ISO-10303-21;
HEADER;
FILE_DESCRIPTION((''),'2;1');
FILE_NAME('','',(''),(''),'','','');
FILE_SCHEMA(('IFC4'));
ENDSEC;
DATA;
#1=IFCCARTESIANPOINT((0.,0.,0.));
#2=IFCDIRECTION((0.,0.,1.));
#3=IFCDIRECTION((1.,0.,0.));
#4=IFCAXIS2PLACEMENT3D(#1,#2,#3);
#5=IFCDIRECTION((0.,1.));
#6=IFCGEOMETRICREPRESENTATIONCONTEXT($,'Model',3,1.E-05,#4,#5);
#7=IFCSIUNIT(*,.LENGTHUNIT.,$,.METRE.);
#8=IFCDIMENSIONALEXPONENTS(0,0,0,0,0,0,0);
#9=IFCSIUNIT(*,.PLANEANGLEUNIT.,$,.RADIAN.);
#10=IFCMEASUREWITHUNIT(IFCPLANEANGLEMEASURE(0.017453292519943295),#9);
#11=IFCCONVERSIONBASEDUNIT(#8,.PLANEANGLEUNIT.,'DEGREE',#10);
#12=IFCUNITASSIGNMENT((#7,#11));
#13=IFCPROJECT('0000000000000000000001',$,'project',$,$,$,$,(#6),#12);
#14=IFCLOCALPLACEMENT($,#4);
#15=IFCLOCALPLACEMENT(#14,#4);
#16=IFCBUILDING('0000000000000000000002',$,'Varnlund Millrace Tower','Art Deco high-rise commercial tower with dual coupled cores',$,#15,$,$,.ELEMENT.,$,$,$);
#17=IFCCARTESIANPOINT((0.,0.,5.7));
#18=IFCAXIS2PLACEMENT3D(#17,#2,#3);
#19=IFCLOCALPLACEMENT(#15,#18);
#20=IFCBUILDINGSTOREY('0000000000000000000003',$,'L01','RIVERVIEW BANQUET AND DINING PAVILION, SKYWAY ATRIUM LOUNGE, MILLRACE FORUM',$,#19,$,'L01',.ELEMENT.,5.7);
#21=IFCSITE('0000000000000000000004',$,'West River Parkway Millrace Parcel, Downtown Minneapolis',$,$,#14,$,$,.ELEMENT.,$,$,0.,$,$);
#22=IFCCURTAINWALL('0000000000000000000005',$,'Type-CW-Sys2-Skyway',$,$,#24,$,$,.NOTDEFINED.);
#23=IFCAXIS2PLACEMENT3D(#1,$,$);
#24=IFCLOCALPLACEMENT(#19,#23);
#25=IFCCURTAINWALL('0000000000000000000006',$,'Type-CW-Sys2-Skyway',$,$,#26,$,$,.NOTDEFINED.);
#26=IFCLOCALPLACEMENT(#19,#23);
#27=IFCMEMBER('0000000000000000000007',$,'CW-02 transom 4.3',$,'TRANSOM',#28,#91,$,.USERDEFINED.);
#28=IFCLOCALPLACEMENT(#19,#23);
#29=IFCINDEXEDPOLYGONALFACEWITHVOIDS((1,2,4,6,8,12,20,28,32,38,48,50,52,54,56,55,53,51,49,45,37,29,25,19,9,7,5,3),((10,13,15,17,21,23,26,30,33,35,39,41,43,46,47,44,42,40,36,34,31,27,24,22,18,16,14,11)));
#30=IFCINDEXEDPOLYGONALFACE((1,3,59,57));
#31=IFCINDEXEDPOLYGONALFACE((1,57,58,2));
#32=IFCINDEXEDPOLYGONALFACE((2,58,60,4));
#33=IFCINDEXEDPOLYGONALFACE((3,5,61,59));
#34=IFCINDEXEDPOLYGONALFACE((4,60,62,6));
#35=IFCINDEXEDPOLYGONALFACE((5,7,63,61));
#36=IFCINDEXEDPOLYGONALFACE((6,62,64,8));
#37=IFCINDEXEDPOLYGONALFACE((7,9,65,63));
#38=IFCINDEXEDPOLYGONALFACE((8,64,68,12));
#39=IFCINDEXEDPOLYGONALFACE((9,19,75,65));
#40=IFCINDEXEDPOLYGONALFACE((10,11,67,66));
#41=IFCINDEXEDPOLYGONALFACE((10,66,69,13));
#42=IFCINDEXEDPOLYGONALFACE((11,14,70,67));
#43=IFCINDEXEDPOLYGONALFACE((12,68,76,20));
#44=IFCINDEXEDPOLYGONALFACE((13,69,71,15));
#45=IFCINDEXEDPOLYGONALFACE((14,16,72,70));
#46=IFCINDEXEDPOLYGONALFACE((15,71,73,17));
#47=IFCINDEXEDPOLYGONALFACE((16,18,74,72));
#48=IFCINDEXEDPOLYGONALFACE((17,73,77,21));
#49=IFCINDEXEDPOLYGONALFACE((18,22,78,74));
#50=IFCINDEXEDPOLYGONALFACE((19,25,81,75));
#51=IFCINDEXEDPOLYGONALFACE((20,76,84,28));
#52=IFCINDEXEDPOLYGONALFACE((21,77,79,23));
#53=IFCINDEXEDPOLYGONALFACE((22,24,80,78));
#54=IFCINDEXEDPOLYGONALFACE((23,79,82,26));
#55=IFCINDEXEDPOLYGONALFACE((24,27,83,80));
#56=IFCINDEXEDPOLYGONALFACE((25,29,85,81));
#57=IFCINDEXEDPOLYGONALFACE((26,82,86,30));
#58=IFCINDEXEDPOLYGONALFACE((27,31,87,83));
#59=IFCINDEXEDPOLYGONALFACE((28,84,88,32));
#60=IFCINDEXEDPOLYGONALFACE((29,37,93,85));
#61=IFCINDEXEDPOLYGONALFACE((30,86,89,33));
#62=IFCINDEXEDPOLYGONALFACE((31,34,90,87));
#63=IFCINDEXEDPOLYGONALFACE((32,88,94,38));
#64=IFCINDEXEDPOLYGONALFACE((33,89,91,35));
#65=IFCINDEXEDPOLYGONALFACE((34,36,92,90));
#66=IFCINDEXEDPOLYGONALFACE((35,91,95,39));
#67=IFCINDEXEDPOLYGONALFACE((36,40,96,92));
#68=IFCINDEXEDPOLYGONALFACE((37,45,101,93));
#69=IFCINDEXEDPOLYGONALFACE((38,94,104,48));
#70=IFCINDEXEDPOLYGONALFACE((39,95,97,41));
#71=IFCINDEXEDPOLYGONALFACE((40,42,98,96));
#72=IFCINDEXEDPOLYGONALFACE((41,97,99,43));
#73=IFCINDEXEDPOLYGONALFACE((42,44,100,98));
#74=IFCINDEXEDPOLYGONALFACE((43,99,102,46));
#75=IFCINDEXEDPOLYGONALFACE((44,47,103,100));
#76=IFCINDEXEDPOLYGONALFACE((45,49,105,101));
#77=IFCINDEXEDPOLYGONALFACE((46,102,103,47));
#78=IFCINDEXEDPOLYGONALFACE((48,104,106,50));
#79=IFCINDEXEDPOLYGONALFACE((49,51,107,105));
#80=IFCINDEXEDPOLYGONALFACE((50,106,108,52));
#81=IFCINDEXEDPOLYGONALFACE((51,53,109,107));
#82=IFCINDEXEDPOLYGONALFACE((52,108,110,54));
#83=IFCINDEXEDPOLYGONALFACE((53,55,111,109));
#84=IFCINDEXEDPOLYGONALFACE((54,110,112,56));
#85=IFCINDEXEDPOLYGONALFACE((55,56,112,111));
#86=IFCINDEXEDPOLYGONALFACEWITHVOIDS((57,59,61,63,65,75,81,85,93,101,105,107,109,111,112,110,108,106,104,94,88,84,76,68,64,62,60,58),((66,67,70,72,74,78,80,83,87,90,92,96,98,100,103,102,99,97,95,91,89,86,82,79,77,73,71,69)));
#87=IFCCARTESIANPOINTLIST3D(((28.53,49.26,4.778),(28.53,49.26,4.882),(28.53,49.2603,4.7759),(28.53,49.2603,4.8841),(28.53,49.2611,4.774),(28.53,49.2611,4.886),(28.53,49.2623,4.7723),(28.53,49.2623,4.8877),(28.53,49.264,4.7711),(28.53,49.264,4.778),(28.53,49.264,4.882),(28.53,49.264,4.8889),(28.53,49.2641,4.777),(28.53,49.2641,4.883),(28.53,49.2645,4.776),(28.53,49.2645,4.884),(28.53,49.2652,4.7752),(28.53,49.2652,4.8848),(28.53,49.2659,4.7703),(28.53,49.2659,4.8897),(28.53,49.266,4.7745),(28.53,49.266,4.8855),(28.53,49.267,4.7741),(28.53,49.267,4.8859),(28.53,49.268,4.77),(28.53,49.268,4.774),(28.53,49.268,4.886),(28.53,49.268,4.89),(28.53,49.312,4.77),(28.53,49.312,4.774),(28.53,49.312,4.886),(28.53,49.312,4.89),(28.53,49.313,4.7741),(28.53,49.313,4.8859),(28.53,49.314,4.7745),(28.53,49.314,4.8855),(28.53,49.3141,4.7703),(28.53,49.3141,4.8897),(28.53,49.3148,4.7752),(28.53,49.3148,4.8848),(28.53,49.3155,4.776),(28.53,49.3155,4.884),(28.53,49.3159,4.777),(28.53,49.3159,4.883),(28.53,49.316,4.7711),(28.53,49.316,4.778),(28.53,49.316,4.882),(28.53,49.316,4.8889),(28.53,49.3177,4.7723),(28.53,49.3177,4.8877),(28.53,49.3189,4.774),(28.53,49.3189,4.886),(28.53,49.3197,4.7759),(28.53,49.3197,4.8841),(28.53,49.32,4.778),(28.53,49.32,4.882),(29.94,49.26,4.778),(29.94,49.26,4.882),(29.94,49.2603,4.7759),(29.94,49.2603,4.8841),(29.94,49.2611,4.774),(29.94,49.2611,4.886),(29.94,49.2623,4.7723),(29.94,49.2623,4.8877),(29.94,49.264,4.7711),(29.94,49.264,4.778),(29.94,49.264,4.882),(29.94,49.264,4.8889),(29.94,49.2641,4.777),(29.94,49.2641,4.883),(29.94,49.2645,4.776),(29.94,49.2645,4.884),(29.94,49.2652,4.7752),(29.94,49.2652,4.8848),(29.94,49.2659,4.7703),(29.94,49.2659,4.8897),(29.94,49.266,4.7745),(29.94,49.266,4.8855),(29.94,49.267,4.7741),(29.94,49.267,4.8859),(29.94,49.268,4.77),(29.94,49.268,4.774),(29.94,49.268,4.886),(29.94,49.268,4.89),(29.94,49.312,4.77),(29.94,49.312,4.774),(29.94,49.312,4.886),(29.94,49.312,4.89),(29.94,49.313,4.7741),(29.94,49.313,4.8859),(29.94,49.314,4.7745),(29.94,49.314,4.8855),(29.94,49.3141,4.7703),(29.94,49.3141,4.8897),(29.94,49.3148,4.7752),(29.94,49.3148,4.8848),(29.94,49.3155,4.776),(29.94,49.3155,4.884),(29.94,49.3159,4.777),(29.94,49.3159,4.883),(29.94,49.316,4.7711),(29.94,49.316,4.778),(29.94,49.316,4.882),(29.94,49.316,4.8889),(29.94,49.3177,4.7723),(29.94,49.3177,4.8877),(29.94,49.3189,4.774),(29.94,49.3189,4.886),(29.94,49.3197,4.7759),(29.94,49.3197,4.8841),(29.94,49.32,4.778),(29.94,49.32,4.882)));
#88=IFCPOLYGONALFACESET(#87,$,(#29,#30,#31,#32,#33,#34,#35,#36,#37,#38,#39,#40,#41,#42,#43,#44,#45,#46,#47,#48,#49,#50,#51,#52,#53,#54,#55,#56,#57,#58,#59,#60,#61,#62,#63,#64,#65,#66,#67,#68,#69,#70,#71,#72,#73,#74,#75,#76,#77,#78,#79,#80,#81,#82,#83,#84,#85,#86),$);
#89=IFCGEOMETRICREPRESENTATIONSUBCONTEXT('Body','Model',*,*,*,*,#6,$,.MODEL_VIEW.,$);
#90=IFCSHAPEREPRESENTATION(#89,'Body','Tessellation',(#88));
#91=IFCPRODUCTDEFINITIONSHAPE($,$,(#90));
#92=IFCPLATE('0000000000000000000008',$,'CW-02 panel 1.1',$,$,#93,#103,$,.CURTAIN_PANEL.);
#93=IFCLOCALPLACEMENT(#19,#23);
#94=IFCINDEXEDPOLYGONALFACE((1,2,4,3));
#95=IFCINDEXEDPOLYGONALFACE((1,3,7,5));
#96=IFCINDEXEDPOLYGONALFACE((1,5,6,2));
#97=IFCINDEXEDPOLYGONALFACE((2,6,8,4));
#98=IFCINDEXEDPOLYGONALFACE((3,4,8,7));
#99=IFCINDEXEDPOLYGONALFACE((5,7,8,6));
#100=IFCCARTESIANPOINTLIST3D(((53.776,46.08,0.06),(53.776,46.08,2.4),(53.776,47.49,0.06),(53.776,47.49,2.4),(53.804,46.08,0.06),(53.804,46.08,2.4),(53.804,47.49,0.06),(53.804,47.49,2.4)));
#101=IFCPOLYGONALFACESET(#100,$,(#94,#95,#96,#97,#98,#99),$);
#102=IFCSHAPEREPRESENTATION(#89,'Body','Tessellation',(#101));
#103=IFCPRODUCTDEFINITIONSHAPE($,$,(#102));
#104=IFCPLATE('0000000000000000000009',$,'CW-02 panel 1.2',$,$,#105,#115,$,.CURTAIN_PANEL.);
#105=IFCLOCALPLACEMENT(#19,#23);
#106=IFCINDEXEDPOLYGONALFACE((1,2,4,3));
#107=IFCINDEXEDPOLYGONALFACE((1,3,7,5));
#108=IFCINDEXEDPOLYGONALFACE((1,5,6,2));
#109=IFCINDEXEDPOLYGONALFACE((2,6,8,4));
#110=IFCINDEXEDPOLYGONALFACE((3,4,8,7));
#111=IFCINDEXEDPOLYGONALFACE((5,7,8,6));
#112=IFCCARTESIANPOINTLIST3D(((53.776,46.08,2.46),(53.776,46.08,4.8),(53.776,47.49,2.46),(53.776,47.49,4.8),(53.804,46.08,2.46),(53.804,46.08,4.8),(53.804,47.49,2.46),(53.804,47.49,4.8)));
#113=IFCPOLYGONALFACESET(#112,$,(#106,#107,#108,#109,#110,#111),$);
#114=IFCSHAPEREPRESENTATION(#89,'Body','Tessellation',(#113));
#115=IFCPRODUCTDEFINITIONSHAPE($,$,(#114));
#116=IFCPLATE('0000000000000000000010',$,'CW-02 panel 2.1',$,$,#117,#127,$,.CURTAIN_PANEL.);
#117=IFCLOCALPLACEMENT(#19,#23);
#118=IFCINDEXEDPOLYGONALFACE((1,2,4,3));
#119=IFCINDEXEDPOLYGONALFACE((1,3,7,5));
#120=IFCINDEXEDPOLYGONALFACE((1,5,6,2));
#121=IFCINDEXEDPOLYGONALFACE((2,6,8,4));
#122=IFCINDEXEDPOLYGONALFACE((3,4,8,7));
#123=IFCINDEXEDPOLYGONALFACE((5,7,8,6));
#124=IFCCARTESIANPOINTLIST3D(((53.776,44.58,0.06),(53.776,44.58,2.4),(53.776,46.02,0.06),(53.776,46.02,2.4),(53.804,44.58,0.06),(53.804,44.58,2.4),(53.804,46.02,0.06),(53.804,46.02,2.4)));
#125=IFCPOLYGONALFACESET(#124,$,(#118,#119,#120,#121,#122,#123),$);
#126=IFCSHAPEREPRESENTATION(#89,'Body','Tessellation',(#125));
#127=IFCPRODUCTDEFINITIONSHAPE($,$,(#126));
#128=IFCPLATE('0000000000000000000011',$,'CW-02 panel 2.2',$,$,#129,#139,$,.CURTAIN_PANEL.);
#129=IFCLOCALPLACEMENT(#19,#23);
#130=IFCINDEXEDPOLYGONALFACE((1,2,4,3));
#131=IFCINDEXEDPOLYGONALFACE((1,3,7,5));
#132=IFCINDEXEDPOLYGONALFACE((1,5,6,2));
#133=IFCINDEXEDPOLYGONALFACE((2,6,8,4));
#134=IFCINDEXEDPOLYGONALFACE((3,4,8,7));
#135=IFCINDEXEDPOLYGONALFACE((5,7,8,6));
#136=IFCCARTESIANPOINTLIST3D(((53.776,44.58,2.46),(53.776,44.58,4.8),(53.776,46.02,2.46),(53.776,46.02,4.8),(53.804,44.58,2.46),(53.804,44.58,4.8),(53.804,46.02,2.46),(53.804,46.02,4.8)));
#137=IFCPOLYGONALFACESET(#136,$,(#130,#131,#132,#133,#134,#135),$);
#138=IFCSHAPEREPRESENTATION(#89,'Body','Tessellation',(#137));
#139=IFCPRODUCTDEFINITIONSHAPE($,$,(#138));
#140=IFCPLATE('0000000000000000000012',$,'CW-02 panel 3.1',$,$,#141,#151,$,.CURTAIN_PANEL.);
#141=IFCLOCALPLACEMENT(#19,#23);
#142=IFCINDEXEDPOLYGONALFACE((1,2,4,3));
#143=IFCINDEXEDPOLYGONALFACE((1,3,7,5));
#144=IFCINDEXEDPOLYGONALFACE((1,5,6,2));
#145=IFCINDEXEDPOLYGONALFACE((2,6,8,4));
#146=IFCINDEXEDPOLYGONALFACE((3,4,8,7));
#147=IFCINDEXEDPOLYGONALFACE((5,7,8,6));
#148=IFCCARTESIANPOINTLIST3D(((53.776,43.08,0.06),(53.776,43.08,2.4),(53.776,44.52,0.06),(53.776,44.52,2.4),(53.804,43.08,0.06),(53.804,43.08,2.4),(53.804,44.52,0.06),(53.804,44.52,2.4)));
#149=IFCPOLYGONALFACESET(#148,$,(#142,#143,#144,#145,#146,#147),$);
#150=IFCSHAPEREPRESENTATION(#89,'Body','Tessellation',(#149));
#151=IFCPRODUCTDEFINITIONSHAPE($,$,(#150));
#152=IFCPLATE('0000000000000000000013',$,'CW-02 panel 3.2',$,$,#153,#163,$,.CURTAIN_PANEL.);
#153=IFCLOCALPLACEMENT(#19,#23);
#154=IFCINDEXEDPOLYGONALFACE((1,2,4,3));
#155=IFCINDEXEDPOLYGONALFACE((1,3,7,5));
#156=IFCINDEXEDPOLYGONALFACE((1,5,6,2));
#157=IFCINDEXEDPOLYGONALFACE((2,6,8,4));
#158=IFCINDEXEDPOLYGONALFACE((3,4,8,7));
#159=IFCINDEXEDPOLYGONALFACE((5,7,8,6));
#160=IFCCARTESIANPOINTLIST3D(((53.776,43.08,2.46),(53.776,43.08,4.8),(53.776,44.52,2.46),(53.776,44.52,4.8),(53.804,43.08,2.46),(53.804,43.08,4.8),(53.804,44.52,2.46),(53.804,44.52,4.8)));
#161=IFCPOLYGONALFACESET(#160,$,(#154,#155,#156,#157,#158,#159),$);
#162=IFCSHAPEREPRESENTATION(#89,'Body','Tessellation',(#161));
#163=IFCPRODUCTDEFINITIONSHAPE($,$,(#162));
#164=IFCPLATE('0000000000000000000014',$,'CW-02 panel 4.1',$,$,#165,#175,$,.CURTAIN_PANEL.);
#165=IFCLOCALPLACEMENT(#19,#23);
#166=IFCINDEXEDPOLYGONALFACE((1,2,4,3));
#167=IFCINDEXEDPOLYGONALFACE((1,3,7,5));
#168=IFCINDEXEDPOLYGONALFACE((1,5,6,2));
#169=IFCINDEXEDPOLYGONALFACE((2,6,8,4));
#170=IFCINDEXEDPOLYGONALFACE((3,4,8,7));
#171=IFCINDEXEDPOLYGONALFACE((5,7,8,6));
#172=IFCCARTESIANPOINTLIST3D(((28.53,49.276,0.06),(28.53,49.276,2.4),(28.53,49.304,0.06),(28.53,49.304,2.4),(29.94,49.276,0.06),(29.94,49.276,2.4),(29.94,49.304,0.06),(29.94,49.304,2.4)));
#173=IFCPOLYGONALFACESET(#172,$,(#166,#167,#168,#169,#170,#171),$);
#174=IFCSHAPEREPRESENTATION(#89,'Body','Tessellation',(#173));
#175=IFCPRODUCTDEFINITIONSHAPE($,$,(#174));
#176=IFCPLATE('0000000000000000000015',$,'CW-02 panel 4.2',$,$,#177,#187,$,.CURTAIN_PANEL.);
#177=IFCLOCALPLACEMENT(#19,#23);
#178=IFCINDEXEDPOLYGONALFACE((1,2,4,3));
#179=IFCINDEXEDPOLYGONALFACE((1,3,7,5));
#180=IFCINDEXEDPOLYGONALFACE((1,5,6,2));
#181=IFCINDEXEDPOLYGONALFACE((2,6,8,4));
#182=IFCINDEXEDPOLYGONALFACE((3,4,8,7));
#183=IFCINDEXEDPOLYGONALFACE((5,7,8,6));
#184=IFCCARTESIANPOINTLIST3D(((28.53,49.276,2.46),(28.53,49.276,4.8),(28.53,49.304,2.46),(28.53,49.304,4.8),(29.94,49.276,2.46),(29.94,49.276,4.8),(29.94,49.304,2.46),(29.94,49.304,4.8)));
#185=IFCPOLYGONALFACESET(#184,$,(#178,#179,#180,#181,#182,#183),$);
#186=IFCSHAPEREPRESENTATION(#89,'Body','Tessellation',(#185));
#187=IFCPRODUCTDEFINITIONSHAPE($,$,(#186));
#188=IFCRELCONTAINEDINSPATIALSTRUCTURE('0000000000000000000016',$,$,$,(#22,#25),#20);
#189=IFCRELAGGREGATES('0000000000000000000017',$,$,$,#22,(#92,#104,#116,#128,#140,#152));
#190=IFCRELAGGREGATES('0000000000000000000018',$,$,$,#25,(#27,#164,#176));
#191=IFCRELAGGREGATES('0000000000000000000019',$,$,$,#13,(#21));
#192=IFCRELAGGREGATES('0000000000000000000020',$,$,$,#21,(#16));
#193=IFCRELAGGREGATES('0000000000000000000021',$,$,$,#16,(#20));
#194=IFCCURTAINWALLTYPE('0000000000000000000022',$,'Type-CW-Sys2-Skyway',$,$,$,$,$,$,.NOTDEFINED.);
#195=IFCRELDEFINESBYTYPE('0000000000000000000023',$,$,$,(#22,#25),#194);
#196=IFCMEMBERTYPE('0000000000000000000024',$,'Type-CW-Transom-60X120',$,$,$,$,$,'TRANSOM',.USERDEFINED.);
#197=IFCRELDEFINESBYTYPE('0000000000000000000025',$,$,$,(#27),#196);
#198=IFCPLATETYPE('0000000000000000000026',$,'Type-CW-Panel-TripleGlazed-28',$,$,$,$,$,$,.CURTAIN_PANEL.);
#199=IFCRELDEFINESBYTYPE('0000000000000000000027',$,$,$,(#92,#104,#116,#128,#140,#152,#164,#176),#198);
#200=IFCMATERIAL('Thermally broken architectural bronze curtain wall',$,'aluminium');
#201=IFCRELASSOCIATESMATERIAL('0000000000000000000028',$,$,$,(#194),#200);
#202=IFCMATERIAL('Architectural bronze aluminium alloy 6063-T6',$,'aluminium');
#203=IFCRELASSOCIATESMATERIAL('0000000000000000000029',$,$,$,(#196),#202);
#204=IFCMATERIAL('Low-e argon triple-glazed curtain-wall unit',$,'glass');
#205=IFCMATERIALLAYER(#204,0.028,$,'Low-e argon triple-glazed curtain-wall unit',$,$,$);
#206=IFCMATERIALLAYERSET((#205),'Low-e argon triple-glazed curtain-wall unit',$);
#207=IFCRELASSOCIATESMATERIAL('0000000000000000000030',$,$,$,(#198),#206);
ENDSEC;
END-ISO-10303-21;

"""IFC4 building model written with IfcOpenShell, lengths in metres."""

from ifc_helpers import new_model, entity, si_unit, converted_unit, direction, frame, origin_with_axes, origin_2d_with_axis, place, context, subcontext, project, spatial, rectangle, hollow_rectangle, extrude, material, layer, layer_set, material_profile, profile_set, type_object, element, aggregate, save


model = new_model("IFC4")

# Units and contexts
model_context = context("Model", 3, precision=1e-05, world=origin_with_axes(), true_north=direction((0.0, 1.0)))
body_context = subcontext(model_context, "Body", "Model", "MODEL_VIEW")
ifc_project = project(units=[si_unit("LENGTHUNIT", "METRE"), converted_unit("PLANEANGLEUNIT", "DEGREE", entity("IfcPlaneAngleMeasure", 0.017453292519943295), si_unit("PLANEANGLEUNIT", "RADIAN"), dimensions=[0, 0, 0, 0, 0, 0, 0])], contexts=[model_context])

# Site, building, storey
site_placement = place(None, origin_with_axes())
site = spatial("IfcSite", under=ifc_project, at=site_placement, Name="West River Parkway Millrace Parcel, Downtown Minneapolis", CompositionType="ELEMENT", RefElevation=0.0)
building_placement = place(site_placement, origin_with_axes())
building = spatial("IfcBuilding", under=site, at=building_placement, Name="Varnlund Millrace Tower", Description="Art Deco high-rise commercial tower with dual coupled cores", CompositionType="ELEMENT")
storey_placement = place(building_placement, frame((0.0, 0.0, 5.7), z_axis=(0.0, 0.0, 1.0), x_axis=(1.0, 0.0, 0.0)))
storey = spatial("IfcBuildingStorey", under=building, at=storey_placement, Name="L01", Description="RIVERVIEW BANQUET AND DINING PAVILION, SKYWAY ATRIUM LOUNGE, MILLRACE FORUM", LongName="L01", CompositionType="ELEMENT", Elevation=5.7)

# Curtain walls
ifc_material_1 = material(Name="Thermally broken architectural bronze curtain wall", Category="aluminium")
curtain_wall_type = type_object("IfcCurtainWallType", Name="Type-CW-Sys2-Skyway", PredefinedType="NOTDEFINED", material=ifc_material_1)
curtain_wall_1_placement = place(storey_placement, frame((53.79, 47.55, 0.0), z_axis=(0.0, 0.0, 1.0), x_axis=(1.0, 0.0, 0.0)))
curtain_wall_1 = element("IfcCurtainWall", 1, at=curtain_wall_1_placement, inside=storey, type_object=curtain_wall_type, Name="Type-CW-Sys2-Skyway", PredefinedType="NOTDEFINED")
ifc_material_2 = material(Name="Architectural bronze aluminium alloy 6063-T6", Category="aluminium")
curtain_wall_2_placement = place(storey_placement, frame((24.0, 49.29, 0.0), z_axis=(0.0, 0.0, 1.0), x_axis=(1.0, 0.0, 0.0)))
curtain_wall_2 = element("IfcCurtainWall", 2, at=curtain_wall_2_placement, inside=storey, type_object=curtain_wall_type, Name="Type-CW-Sys2-Skyway", PredefinedType="NOTDEFINED")

# Member
ifc_material_profile_1 = material_profile(ifc_material_2, hollow_rectangle(XDim=0.06, YDim=0.12, WallThickness=0.004, InnerFilletRadius=0.004, OuterFilletRadius=0.008, at=origin_2d_with_axis()), Name="Architectural bronze aluminium alloy 6063-T6")
ifc_profile_set_1 = profile_set([ifc_material_profile_1], Name="Architectural bronze aluminium alloy 6063-T6")
member_type_1 = type_object("IfcMemberType", Name="Type-CW-Transom-60X120", ElementType="TRANSOM", PredefinedType="USERDEFINED", material=ifc_profile_set_1)
member_1_placement = place(storey_placement, frame((28.53, 49.29, 4.83), z_axis=(1.0, 0.0, 0.0), x_axis=(0.0, 1.0, 0.0)))
member_1 = element("IfcMember", 3, at=member_1_placement, type_object=member_type_1, Name="CW-02 transom 4.3", ObjectType="TRANSOM", PredefinedType="USERDEFINED", context=body_context, shape_type="SweptSolid", body=[
    extrude(hollow_rectangle(XDim=0.06, YDim=0.12, WallThickness=0.004, InnerFilletRadius=0.004, OuterFilletRadius=0.008, at=origin_2d_with_axis()), origin_with_axes(), (0.0, 0.0, 1.0), 1.41),
])

# Plates
ifc_material_3 = material(Name="Low-e argon triple-glazed curtain-wall unit", Category="glass")
ifc_layer_1 = layer(ifc_material_3, 0.028, Name="Low-e argon triple-glazed curtain-wall unit")
ifc_layer_set_1 = layer_set([ifc_layer_1], Name="Low-e argon triple-glazed curtain-wall unit")
plate_type = type_object("IfcPlateType", Name="Type-CW-Panel-TripleGlazed-28", PredefinedType="CURTAIN_PANEL", material=ifc_layer_set_1)
plate_1_placement = place(storey_placement, frame((53.79, 46.785, 0.06), z_axis=(0.0, 0.0, 1.0), x_axis=(0.0, -1.0, 0.0)))
plate_1 = element("IfcPlate", 4, at=plate_1_placement, type_object=plate_type, Name="CW-02 panel 1.1", PredefinedType="CURTAIN_PANEL", context=body_context, shape_type="SweptSolid", body=[
    extrude(rectangle(XDim=1.41, YDim=0.028, at=origin_2d_with_axis()), origin_with_axes(), (0.0, 0.0, 1.0), 2.34),
])
plate_2_placement = place(storey_placement, frame((53.79, 46.785, 2.46), z_axis=(0.0, 0.0, 1.0), x_axis=(0.0, -1.0, 0.0)))
plate_2 = element("IfcPlate", 5, at=plate_2_placement, type_object=plate_type, Name="CW-02 panel 1.2", PredefinedType="CURTAIN_PANEL", context=body_context, shape_type="SweptSolid", body=[
    extrude(rectangle(XDim=1.41, YDim=0.028, at=origin_2d_with_axis()), origin_with_axes(), (0.0, 0.0, 1.0), 2.34),
])
plate_3_placement = place(storey_placement, frame((53.79, 45.3, 0.06), z_axis=(0.0, 0.0, 1.0), x_axis=(0.0, -1.0, 0.0)))
plate_3 = element("IfcPlate", 6, at=plate_3_placement, type_object=plate_type, Name="CW-02 panel 2.1", PredefinedType="CURTAIN_PANEL", context=body_context, shape_type="SweptSolid", body=[
    extrude(rectangle(XDim=1.44, YDim=0.028, at=origin_2d_with_axis()), origin_with_axes(), (0.0, 0.0, 1.0), 2.34),
])
plate_4_placement = place(storey_placement, frame((53.79, 45.3, 2.46), z_axis=(0.0, 0.0, 1.0), x_axis=(0.0, -1.0, 0.0)))
plate_4 = element("IfcPlate", 7, at=plate_4_placement, type_object=plate_type, Name="CW-02 panel 2.2", PredefinedType="CURTAIN_PANEL", context=body_context, shape_type="SweptSolid", body=[
    extrude(rectangle(XDim=1.44, YDim=0.028, at=origin_2d_with_axis()), origin_with_axes(), (0.0, 0.0, 1.0), 2.34),
])
plate_5_placement = place(storey_placement, frame((53.79, 43.8, 0.06), z_axis=(0.0, 0.0, 1.0), x_axis=(0.0, -1.0, 0.0)))
plate_5 = element("IfcPlate", 8, at=plate_5_placement, type_object=plate_type, Name="CW-02 panel 3.1", PredefinedType="CURTAIN_PANEL", context=body_context, shape_type="SweptSolid", body=[
    extrude(rectangle(XDim=1.44, YDim=0.028, at=origin_2d_with_axis()), origin_with_axes(), (0.0, 0.0, 1.0), 2.34),
])
plate_6_placement = place(storey_placement, frame((53.79, 43.8, 2.46), z_axis=(0.0, 0.0, 1.0), x_axis=(0.0, -1.0, 0.0)))
plate_6 = element("IfcPlate", 9, at=plate_6_placement, type_object=plate_type, Name="CW-02 panel 3.2", PredefinedType="CURTAIN_PANEL", context=body_context, shape_type="SweptSolid", body=[
    extrude(rectangle(XDim=1.44, YDim=0.028, at=origin_2d_with_axis()), origin_with_axes(), (0.0, 0.0, 1.0), 2.34),
])
aggregate(curtain_wall_1, [plate_1, plate_2, plate_3, plate_4, plate_5, plate_6])
plate_7_placement = place(storey_placement, frame((29.235, 49.29, 0.06), z_axis=(0.0, 0.0, 1.0), x_axis=(1.0, 0.0, 0.0)))
plate_7 = element("IfcPlate", 10, at=plate_7_placement, type_object=plate_type, Name="CW-02 panel 4.1", PredefinedType="CURTAIN_PANEL", context=body_context, shape_type="SweptSolid", body=[
    extrude(rectangle(XDim=1.41, YDim=0.028, at=origin_2d_with_axis()), origin_with_axes(), (0.0, 0.0, 1.0), 2.34),
])
plate_8_placement = place(storey_placement, frame((29.235, 49.29, 2.46), z_axis=(0.0, 0.0, 1.0), x_axis=(1.0, 0.0, 0.0)))
plate_8 = element("IfcPlate", 11, at=plate_8_placement, type_object=plate_type, Name="CW-02 panel 4.2", PredefinedType="CURTAIN_PANEL", context=body_context, shape_type="SweptSolid", body=[
    extrude(rectangle(XDim=1.41, YDim=0.028, at=origin_2d_with_axis()), origin_with_axes(), (0.0, 0.0, 1.0), 2.34),
])
aggregate(curtain_wall_2, [member_1, plate_7, plate_8])

save(model, "model.ifc")
